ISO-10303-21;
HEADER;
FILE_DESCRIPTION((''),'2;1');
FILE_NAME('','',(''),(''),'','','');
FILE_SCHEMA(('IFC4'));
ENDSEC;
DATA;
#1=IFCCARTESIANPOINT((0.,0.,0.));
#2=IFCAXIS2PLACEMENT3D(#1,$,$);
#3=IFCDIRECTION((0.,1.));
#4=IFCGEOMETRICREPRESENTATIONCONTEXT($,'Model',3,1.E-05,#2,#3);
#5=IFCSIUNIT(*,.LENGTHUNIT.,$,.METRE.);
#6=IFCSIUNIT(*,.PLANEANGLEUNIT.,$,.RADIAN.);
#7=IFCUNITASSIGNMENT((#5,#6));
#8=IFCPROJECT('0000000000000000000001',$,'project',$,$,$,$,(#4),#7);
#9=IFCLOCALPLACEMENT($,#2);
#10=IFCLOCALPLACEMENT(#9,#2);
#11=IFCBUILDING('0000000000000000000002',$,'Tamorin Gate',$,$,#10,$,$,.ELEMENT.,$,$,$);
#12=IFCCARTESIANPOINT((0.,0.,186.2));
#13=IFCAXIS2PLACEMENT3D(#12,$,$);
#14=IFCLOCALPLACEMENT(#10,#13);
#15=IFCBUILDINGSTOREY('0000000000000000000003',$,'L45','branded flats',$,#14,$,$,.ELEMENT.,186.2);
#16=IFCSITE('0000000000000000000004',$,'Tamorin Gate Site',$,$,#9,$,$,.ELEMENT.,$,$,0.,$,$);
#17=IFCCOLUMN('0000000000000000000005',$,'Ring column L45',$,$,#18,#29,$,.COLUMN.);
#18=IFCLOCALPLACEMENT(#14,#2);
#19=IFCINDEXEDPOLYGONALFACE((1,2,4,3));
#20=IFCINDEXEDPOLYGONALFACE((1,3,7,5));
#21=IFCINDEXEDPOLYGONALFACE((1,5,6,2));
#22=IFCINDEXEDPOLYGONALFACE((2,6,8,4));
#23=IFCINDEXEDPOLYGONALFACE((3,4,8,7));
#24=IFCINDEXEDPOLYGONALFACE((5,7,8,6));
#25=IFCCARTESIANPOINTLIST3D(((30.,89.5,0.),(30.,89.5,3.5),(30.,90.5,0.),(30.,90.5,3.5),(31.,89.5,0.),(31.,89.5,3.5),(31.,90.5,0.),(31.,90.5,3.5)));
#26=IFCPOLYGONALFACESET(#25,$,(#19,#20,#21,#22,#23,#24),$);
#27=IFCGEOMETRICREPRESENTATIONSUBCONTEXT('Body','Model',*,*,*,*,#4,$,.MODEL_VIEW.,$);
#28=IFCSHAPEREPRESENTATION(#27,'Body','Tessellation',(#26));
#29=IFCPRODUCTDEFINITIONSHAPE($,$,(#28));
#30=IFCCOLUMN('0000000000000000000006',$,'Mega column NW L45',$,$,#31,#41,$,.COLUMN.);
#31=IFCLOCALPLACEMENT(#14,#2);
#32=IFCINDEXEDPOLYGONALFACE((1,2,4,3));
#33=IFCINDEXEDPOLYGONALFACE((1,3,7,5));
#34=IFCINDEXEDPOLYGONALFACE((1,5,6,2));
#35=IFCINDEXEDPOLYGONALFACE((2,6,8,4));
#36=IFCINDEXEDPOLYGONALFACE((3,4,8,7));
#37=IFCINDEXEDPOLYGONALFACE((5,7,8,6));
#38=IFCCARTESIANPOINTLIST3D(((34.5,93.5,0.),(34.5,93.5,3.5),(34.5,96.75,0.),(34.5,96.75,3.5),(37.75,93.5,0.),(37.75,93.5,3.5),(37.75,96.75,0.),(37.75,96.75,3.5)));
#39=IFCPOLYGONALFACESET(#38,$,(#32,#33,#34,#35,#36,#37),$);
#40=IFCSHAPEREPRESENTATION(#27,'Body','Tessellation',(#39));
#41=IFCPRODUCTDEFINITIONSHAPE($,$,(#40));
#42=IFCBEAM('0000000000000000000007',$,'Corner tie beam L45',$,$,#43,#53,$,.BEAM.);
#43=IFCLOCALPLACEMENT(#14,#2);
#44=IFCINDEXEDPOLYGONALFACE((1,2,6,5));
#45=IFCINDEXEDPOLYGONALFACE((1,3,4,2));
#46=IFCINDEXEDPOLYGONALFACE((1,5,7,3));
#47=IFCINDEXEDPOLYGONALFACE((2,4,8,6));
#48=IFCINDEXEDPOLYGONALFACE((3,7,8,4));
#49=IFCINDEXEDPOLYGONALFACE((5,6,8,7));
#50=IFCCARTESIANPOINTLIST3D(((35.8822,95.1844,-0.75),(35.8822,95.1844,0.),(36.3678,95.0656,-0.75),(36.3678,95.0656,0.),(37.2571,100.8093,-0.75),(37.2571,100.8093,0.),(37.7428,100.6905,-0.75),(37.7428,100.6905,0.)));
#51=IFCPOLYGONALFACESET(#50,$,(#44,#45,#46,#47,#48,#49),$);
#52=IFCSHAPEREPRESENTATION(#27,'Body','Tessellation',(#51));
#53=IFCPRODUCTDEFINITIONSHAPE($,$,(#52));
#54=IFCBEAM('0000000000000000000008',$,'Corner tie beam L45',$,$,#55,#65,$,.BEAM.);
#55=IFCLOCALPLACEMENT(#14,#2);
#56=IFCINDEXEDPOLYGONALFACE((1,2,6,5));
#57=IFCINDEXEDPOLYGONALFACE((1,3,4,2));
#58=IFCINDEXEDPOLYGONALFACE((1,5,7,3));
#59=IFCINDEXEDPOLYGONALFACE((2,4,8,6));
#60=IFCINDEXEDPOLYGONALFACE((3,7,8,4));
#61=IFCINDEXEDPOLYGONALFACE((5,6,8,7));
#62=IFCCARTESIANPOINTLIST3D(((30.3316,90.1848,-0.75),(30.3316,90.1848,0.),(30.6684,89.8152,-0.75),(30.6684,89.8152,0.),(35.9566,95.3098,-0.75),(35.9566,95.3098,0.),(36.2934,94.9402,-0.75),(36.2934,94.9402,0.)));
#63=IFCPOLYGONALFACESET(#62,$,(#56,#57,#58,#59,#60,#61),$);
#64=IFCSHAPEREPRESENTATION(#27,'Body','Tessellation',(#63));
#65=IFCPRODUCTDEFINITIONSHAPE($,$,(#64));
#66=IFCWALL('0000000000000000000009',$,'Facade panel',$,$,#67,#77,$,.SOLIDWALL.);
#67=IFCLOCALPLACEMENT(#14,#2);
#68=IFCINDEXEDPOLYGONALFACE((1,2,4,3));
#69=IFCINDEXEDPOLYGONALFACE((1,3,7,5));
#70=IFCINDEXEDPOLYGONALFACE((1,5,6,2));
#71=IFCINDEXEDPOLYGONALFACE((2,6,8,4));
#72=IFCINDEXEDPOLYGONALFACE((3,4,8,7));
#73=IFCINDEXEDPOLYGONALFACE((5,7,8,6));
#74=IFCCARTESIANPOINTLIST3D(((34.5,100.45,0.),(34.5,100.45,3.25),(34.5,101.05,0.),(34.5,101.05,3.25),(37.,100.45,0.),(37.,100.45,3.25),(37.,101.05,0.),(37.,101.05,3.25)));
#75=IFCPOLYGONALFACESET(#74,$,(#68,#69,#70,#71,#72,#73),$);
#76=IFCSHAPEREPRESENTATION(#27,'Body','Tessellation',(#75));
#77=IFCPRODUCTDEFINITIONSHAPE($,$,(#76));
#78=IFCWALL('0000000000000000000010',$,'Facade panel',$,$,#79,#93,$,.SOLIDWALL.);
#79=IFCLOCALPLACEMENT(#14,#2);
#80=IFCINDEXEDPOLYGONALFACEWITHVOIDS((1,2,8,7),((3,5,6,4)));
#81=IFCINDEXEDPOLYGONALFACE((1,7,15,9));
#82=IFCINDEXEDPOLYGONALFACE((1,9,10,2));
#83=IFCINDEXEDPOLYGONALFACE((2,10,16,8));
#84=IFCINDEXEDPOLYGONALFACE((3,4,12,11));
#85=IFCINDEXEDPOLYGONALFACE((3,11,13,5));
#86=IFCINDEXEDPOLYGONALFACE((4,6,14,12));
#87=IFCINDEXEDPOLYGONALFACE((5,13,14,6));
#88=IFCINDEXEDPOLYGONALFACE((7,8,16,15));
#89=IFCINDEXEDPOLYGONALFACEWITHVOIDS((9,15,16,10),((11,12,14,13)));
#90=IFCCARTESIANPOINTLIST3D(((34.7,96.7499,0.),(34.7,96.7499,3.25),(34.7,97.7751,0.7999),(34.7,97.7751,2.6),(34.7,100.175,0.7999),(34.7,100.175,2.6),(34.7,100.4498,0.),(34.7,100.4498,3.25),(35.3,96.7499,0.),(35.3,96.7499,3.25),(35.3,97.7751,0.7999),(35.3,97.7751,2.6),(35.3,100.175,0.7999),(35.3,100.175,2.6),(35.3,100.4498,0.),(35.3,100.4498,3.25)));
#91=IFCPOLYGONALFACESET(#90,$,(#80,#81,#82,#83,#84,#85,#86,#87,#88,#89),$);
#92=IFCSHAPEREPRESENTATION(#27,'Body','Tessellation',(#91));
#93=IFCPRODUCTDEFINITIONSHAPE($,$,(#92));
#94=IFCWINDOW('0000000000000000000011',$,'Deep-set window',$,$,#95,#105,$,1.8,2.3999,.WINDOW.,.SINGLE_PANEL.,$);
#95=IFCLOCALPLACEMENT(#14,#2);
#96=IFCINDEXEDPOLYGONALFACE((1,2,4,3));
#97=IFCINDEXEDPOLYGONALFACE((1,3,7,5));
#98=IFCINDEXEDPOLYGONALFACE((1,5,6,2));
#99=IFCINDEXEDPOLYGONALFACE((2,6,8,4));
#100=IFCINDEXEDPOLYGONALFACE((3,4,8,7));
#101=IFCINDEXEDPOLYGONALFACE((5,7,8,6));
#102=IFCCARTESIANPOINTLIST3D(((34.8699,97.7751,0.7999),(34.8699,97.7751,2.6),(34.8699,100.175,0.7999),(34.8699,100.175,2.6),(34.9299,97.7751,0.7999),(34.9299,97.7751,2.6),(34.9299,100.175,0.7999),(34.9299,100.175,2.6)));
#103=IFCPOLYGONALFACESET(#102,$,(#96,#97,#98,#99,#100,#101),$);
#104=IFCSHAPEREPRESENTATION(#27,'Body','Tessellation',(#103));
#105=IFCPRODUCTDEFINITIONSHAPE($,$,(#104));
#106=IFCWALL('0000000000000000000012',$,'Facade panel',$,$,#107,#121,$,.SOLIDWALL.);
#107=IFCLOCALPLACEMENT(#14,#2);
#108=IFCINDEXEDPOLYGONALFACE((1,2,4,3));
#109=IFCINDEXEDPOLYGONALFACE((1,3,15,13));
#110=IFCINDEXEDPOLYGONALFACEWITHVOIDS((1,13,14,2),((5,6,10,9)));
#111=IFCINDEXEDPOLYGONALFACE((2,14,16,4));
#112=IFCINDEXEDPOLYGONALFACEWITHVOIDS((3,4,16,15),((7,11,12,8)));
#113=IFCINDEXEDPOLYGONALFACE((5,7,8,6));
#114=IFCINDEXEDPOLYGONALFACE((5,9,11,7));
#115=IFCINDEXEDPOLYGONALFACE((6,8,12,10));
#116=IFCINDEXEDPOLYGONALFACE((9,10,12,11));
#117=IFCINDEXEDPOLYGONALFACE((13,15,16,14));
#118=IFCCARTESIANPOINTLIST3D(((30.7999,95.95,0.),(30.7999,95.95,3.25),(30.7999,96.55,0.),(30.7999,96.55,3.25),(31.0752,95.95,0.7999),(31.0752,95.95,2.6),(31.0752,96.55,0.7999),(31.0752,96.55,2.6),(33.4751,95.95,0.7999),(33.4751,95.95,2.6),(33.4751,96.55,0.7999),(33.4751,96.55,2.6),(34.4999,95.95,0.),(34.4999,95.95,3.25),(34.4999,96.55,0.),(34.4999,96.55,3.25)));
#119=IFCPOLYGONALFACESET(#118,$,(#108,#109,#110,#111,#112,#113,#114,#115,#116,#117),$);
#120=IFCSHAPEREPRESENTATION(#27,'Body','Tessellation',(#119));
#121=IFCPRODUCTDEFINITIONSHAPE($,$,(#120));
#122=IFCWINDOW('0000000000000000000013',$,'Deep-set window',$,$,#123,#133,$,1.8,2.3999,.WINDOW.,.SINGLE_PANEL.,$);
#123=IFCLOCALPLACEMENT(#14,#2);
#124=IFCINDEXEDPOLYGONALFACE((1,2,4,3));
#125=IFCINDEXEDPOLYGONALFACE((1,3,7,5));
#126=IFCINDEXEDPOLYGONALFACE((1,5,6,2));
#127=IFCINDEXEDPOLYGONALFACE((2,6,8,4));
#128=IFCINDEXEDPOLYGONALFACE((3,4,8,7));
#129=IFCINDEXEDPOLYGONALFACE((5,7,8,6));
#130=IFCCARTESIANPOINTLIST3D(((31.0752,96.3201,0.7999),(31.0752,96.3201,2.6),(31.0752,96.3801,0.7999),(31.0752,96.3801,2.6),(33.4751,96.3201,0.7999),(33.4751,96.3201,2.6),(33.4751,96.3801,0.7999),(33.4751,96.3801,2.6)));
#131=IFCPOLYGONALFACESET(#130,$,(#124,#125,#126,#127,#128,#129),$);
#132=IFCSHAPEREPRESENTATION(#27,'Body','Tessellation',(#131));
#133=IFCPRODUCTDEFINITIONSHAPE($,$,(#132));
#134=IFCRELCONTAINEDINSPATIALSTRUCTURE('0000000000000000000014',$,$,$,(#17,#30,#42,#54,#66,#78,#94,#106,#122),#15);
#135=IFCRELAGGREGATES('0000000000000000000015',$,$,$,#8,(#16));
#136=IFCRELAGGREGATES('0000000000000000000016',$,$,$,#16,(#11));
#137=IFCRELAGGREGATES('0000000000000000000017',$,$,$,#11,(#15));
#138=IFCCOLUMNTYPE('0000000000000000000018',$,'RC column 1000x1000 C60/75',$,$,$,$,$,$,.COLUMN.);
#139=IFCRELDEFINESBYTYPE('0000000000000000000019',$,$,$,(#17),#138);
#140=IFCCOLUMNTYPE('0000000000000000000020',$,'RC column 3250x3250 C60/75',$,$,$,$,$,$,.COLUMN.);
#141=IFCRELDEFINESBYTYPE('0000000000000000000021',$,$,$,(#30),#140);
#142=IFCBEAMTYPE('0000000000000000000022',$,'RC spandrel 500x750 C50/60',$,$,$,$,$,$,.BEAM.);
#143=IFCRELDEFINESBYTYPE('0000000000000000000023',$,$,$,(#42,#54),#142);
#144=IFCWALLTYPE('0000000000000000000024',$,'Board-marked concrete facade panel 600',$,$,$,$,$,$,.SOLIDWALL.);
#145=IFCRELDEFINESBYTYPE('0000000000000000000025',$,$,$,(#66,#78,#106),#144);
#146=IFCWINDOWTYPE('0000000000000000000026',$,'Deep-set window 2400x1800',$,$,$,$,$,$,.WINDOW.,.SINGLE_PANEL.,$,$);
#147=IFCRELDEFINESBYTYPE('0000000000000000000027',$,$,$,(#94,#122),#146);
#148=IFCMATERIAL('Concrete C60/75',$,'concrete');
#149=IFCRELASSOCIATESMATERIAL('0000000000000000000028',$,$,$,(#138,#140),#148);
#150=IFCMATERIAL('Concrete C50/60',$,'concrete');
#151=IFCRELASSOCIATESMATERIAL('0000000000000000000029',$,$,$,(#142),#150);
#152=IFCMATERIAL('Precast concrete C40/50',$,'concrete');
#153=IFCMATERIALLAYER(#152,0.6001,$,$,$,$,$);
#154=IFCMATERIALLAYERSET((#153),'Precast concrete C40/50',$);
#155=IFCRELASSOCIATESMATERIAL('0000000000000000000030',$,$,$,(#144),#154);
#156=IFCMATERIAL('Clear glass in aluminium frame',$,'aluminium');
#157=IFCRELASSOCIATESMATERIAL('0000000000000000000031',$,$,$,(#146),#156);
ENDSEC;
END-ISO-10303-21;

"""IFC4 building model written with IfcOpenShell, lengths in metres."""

from ifc_helpers import new_model, si_unit, direction, frame, frame_2d, origin, origin_2d, place, context, subcontext, project, spatial, rectangle, extrude, material, layer, layer_set, material_profile, profile_set, type_object, element, fill, save


model = new_model("IFC4")

# Units and contexts
model_context = context("Model", 3, precision=1e-05, world=origin(), true_north=direction((0.0, 1.0)))
body_context = subcontext(model_context, "Body", "Model", "MODEL_VIEW")
ifc_project = project(units=[si_unit("LENGTHUNIT", "METRE"), si_unit("PLANEANGLEUNIT", "RADIAN")], contexts=[model_context])

# Site, building, storey
site_placement = place(None, origin())
site = spatial("IfcSite", under=ifc_project, at=site_placement, Name="Tamorin Gate Site", CompositionType="ELEMENT", RefElevation=0.0)
building_placement = place(site_placement, origin())
building = spatial("IfcBuilding", under=site, at=building_placement, Name="Tamorin Gate", CompositionType="ELEMENT")
storey_placement = place(building_placement, frame((0.0, 0.0, 186.2)))
storey = spatial("IfcBuildingStorey", under=building, at=storey_placement, Name="L45", Description="branded flats", CompositionType="ELEMENT", Elevation=186.2)

# Columns
ifc_material_1 = material(Name="Concrete C60/75", Category="concrete")
ifc_material_profile_1 = material_profile(ifc_material_1, rectangle(XDim=1.0, YDim=1.0, at=origin_2d()), Name="RC 1000x1000")
ifc_profile_set_1 = profile_set([ifc_material_profile_1], Name="Concrete C60/75")
column_type_1 = type_object("IfcColumnType", Name="RC column 1000x1000 C60/75", PredefinedType="COLUMN", material=ifc_profile_set_1)
column_1_placement = place(storey_placement, frame((30.5, 90.0, 0.0), z_axis=(0.0, 0.0, 1.0), x_axis=(1.0, 0.0, 0.0)))
element("IfcColumn", 1, at=column_1_placement, inside=storey, type_object=column_type_1, Name="Ring column L45", PredefinedType="COLUMN", context=body_context, shape_type="SweptSolid", body=[
    extrude(rectangle(XDim=1.0, YDim=1.0, at=origin_2d()), origin(), (0.0, 0.0, 1.0), 3.5),
])
ifc_material_profile_2 = material_profile(ifc_material_1, rectangle(XDim=3.25, YDim=3.25, at=origin_2d()), Name="RC 3250x3250")
ifc_profile_set_2 = profile_set([ifc_material_profile_2], Name="Concrete C60/75")
column_type_2 = type_object("IfcColumnType", Name="RC column 3250x3250 C60/75", PredefinedType="COLUMN", material=ifc_profile_set_2)
column_2_placement = place(storey_placement, frame((36.125, 95.125, 0.0), z_axis=(0.0, 0.0, 1.0), x_axis=(1.0, 0.0, 0.0)))
element("IfcColumn", 2, at=column_2_placement, inside=storey, type_object=column_type_2, Name="Mega column NW L45", PredefinedType="COLUMN", context=body_context, shape_type="SweptSolid", body=[
    extrude(rectangle(XDim=3.25, YDim=3.25, at=origin_2d()), origin(), (0.0, 0.0, 1.0), 3.5),
])

# Beams
ifc_material_2 = material(Name="Concrete C50/60", Category="concrete")
ifc_material_profile_3 = material_profile(ifc_material_2, rectangle(XDim=0.5, YDim=0.75, at=origin_2d()), Name="RC 500x750")
ifc_profile_set_3 = profile_set([ifc_material_profile_3], Name="Concrete C50/60")
beam_type = type_object("IfcBeamType", Name="RC spandrel 500x750 C50/60", PredefinedType="BEAM", material=ifc_profile_set_3)
beam_1_placement = place(storey_placement, frame((36.125, 95.125, -0.375), z_axis=(0.237453, 0.971399, 0.0), x_axis=(-0.971399, 0.237453, 0.0)))
element("IfcBeam", 3, at=beam_1_placement, inside=storey, type_object=beam_type, Name="Corner tie beam L45", PredefinedType="BEAM", context=body_context, shape_type="SweptSolid", body=[
    extrude(rectangle(XDim=0.5, YDim=0.75, at=origin_2d()), origin(), (0.0, 0.0, 1.0), 5.7905),
])
beam_2_placement = place(storey_placement, frame((36.125, 95.125, -0.375), z_axis=(-0.739196, -0.67349, 0.0), x_axis=(0.67349, -0.739196, 0.0)))
element("IfcBeam", 4, at=beam_2_placement, inside=storey, type_object=beam_type, Name="Corner tie beam L45", PredefinedType="BEAM", context=body_context, shape_type="SweptSolid", body=[
    extrude(rectangle(XDim=0.5, YDim=0.75, at=origin_2d()), origin(), (0.0, 0.0, 1.0), 7.6096),
])

# Wall
ifc_material_3 = material(Name="Precast concrete C40/50", Category="concrete")
ifc_layer = layer(ifc_material_3, 0.6001)
ifc_layer_set = layer_set([ifc_layer], Name="Precast concrete C40/50")
wall_type = type_object("IfcWallType", Name="Board-marked concrete facade panel 600", PredefinedType="SOLIDWALL", material=ifc_layer_set)
wall_1_placement = place(storey_placement, frame((37.0, 100.75, 0.0), z_axis=(0.0, 0.0, 1.0), x_axis=(-1.0, 0.0, 0.0)))
element("IfcWall", 5, at=wall_1_placement, inside=storey, type_object=wall_type, Name="Facade panel", PredefinedType="SOLIDWALL", context=body_context, shape_type="SweptSolid", body=[
    extrude(rectangle(XDim=2.5, YDim=0.6001, at=frame_2d((1.25, 0.0))), origin(), (0.0, 0.0, 1.0), 3.25),
])

# Walls, openings, windows
wall_2_placement = place(storey_placement, frame((35.0, 100.45, 0.0), z_axis=(0.0, 0.0, 1.0), x_axis=(0.0, -1.0, 0.0)))
wall_2 = element("IfcWall", 6, at=wall_2_placement, inside=storey, type_object=wall_type, Name="Facade panel", PredefinedType="SOLIDWALL", context=body_context, shape_type="SweptSolid", body=[
    extrude(rectangle(XDim=3.7, YDim=0.6001, at=frame_2d((1.8501, 0.0))), origin(), (0.0, 0.0, 1.0), 3.25),
])
opening_1_placement = place(wall_2_placement, frame((0.2749, 0.0, 0.8)))
opening_1 = element("IfcOpeningElement", 7, at=opening_1_placement, cuts=wall_2, PredefinedType="OPENING", context=body_context, shape_type="SweptSolid", body=[
    extrude(rectangle(XDim=2.3999, YDim=1.8, at=frame_2d((1.2, 0.8999))), frame((0.0, 0.3101, 0.0), z_axis=(0.0, -1.0, 0.0), x_axis=(1.0, 0.0, 0.0)), (0.0, 0.0, 1.0), 0.6201),
])
ifc_material_4 = material(Name="Clear glass in aluminium frame", Category="aluminium")
window_type_1 = type_object("IfcWindowType", Name="Deep-set window 2400x1800", PartitioningType="SINGLE_PANEL", PredefinedType="WINDOW", material=ifc_material_4)
window_1_placement = place(opening_1_placement, origin())
window_1 = element("IfcWindow", 8, at=window_1_placement, inside=storey, type_object=window_type_1, Name="Deep-set window", OverallHeight=1.8, OverallWidth=2.3999, PartitioningType="SINGLE_PANEL", PredefinedType="WINDOW", context=body_context, shape_type="SweptSolid", body=[
    extrude(rectangle(XDim=2.3999, YDim=1.8, at=frame_2d((1.2, 0.8999))), frame((0.0, -0.0701, 0.0), z_axis=(0.0, -1.0, 0.0), x_axis=(1.0, 0.0, 0.0)), (0.0, 0.0, 1.0), 0.0601),
])
fill(opening_1, window_1)
wall_3_placement = place(storey_placement, frame((34.5, 96.25, 0.0), z_axis=(0.0, 0.0, 1.0), x_axis=(-1.0, 0.0, 0.0)))
wall_3 = element("IfcWall", 9, at=wall_3_placement, inside=storey, type_object=wall_type, Name="Facade panel", PredefinedType="SOLIDWALL", context=body_context, shape_type="SweptSolid", body=[
    extrude(rectangle(XDim=3.7, YDim=0.6001, at=frame_2d((1.8501, 0.0))), origin(), (0.0, 0.0, 1.0), 3.25),
])
opening_2_placement = place(wall_3_placement, frame((1.0249, 0.0, 0.8)))
opening_2 = element("IfcOpeningElement", 10, at=opening_2_placement, cuts=wall_3, PredefinedType="OPENING", context=body_context, shape_type="SweptSolid", body=[
    extrude(rectangle(XDim=2.3999, YDim=1.8, at=frame_2d((1.2, 0.8999))), frame((0.0, 0.3101, 0.0), z_axis=(0.0, -1.0, 0.0), x_axis=(1.0, 0.0, 0.0)), (0.0, 0.0, 1.0), 0.6201),
])
window_2_placement = place(opening_2_placement, origin())
window_2 = element("IfcWindow", 11, at=window_2_placement, inside=storey, type_object=window_type_1, Name="Deep-set window", OverallHeight=1.8, OverallWidth=2.3999, PartitioningType="SINGLE_PANEL", PredefinedType="WINDOW", context=body_context, shape_type="SweptSolid", body=[
    extrude(rectangle(XDim=2.3999, YDim=1.8, at=frame_2d((1.2, 0.8999))), frame((0.0, -0.0701, 0.0), z_axis=(0.0, -1.0, 0.0), x_axis=(1.0, 0.0, 0.0)), (0.0, 0.0, 1.0), 0.0601),
])
fill(opening_2, window_2)

save(model, "model.ifc")
